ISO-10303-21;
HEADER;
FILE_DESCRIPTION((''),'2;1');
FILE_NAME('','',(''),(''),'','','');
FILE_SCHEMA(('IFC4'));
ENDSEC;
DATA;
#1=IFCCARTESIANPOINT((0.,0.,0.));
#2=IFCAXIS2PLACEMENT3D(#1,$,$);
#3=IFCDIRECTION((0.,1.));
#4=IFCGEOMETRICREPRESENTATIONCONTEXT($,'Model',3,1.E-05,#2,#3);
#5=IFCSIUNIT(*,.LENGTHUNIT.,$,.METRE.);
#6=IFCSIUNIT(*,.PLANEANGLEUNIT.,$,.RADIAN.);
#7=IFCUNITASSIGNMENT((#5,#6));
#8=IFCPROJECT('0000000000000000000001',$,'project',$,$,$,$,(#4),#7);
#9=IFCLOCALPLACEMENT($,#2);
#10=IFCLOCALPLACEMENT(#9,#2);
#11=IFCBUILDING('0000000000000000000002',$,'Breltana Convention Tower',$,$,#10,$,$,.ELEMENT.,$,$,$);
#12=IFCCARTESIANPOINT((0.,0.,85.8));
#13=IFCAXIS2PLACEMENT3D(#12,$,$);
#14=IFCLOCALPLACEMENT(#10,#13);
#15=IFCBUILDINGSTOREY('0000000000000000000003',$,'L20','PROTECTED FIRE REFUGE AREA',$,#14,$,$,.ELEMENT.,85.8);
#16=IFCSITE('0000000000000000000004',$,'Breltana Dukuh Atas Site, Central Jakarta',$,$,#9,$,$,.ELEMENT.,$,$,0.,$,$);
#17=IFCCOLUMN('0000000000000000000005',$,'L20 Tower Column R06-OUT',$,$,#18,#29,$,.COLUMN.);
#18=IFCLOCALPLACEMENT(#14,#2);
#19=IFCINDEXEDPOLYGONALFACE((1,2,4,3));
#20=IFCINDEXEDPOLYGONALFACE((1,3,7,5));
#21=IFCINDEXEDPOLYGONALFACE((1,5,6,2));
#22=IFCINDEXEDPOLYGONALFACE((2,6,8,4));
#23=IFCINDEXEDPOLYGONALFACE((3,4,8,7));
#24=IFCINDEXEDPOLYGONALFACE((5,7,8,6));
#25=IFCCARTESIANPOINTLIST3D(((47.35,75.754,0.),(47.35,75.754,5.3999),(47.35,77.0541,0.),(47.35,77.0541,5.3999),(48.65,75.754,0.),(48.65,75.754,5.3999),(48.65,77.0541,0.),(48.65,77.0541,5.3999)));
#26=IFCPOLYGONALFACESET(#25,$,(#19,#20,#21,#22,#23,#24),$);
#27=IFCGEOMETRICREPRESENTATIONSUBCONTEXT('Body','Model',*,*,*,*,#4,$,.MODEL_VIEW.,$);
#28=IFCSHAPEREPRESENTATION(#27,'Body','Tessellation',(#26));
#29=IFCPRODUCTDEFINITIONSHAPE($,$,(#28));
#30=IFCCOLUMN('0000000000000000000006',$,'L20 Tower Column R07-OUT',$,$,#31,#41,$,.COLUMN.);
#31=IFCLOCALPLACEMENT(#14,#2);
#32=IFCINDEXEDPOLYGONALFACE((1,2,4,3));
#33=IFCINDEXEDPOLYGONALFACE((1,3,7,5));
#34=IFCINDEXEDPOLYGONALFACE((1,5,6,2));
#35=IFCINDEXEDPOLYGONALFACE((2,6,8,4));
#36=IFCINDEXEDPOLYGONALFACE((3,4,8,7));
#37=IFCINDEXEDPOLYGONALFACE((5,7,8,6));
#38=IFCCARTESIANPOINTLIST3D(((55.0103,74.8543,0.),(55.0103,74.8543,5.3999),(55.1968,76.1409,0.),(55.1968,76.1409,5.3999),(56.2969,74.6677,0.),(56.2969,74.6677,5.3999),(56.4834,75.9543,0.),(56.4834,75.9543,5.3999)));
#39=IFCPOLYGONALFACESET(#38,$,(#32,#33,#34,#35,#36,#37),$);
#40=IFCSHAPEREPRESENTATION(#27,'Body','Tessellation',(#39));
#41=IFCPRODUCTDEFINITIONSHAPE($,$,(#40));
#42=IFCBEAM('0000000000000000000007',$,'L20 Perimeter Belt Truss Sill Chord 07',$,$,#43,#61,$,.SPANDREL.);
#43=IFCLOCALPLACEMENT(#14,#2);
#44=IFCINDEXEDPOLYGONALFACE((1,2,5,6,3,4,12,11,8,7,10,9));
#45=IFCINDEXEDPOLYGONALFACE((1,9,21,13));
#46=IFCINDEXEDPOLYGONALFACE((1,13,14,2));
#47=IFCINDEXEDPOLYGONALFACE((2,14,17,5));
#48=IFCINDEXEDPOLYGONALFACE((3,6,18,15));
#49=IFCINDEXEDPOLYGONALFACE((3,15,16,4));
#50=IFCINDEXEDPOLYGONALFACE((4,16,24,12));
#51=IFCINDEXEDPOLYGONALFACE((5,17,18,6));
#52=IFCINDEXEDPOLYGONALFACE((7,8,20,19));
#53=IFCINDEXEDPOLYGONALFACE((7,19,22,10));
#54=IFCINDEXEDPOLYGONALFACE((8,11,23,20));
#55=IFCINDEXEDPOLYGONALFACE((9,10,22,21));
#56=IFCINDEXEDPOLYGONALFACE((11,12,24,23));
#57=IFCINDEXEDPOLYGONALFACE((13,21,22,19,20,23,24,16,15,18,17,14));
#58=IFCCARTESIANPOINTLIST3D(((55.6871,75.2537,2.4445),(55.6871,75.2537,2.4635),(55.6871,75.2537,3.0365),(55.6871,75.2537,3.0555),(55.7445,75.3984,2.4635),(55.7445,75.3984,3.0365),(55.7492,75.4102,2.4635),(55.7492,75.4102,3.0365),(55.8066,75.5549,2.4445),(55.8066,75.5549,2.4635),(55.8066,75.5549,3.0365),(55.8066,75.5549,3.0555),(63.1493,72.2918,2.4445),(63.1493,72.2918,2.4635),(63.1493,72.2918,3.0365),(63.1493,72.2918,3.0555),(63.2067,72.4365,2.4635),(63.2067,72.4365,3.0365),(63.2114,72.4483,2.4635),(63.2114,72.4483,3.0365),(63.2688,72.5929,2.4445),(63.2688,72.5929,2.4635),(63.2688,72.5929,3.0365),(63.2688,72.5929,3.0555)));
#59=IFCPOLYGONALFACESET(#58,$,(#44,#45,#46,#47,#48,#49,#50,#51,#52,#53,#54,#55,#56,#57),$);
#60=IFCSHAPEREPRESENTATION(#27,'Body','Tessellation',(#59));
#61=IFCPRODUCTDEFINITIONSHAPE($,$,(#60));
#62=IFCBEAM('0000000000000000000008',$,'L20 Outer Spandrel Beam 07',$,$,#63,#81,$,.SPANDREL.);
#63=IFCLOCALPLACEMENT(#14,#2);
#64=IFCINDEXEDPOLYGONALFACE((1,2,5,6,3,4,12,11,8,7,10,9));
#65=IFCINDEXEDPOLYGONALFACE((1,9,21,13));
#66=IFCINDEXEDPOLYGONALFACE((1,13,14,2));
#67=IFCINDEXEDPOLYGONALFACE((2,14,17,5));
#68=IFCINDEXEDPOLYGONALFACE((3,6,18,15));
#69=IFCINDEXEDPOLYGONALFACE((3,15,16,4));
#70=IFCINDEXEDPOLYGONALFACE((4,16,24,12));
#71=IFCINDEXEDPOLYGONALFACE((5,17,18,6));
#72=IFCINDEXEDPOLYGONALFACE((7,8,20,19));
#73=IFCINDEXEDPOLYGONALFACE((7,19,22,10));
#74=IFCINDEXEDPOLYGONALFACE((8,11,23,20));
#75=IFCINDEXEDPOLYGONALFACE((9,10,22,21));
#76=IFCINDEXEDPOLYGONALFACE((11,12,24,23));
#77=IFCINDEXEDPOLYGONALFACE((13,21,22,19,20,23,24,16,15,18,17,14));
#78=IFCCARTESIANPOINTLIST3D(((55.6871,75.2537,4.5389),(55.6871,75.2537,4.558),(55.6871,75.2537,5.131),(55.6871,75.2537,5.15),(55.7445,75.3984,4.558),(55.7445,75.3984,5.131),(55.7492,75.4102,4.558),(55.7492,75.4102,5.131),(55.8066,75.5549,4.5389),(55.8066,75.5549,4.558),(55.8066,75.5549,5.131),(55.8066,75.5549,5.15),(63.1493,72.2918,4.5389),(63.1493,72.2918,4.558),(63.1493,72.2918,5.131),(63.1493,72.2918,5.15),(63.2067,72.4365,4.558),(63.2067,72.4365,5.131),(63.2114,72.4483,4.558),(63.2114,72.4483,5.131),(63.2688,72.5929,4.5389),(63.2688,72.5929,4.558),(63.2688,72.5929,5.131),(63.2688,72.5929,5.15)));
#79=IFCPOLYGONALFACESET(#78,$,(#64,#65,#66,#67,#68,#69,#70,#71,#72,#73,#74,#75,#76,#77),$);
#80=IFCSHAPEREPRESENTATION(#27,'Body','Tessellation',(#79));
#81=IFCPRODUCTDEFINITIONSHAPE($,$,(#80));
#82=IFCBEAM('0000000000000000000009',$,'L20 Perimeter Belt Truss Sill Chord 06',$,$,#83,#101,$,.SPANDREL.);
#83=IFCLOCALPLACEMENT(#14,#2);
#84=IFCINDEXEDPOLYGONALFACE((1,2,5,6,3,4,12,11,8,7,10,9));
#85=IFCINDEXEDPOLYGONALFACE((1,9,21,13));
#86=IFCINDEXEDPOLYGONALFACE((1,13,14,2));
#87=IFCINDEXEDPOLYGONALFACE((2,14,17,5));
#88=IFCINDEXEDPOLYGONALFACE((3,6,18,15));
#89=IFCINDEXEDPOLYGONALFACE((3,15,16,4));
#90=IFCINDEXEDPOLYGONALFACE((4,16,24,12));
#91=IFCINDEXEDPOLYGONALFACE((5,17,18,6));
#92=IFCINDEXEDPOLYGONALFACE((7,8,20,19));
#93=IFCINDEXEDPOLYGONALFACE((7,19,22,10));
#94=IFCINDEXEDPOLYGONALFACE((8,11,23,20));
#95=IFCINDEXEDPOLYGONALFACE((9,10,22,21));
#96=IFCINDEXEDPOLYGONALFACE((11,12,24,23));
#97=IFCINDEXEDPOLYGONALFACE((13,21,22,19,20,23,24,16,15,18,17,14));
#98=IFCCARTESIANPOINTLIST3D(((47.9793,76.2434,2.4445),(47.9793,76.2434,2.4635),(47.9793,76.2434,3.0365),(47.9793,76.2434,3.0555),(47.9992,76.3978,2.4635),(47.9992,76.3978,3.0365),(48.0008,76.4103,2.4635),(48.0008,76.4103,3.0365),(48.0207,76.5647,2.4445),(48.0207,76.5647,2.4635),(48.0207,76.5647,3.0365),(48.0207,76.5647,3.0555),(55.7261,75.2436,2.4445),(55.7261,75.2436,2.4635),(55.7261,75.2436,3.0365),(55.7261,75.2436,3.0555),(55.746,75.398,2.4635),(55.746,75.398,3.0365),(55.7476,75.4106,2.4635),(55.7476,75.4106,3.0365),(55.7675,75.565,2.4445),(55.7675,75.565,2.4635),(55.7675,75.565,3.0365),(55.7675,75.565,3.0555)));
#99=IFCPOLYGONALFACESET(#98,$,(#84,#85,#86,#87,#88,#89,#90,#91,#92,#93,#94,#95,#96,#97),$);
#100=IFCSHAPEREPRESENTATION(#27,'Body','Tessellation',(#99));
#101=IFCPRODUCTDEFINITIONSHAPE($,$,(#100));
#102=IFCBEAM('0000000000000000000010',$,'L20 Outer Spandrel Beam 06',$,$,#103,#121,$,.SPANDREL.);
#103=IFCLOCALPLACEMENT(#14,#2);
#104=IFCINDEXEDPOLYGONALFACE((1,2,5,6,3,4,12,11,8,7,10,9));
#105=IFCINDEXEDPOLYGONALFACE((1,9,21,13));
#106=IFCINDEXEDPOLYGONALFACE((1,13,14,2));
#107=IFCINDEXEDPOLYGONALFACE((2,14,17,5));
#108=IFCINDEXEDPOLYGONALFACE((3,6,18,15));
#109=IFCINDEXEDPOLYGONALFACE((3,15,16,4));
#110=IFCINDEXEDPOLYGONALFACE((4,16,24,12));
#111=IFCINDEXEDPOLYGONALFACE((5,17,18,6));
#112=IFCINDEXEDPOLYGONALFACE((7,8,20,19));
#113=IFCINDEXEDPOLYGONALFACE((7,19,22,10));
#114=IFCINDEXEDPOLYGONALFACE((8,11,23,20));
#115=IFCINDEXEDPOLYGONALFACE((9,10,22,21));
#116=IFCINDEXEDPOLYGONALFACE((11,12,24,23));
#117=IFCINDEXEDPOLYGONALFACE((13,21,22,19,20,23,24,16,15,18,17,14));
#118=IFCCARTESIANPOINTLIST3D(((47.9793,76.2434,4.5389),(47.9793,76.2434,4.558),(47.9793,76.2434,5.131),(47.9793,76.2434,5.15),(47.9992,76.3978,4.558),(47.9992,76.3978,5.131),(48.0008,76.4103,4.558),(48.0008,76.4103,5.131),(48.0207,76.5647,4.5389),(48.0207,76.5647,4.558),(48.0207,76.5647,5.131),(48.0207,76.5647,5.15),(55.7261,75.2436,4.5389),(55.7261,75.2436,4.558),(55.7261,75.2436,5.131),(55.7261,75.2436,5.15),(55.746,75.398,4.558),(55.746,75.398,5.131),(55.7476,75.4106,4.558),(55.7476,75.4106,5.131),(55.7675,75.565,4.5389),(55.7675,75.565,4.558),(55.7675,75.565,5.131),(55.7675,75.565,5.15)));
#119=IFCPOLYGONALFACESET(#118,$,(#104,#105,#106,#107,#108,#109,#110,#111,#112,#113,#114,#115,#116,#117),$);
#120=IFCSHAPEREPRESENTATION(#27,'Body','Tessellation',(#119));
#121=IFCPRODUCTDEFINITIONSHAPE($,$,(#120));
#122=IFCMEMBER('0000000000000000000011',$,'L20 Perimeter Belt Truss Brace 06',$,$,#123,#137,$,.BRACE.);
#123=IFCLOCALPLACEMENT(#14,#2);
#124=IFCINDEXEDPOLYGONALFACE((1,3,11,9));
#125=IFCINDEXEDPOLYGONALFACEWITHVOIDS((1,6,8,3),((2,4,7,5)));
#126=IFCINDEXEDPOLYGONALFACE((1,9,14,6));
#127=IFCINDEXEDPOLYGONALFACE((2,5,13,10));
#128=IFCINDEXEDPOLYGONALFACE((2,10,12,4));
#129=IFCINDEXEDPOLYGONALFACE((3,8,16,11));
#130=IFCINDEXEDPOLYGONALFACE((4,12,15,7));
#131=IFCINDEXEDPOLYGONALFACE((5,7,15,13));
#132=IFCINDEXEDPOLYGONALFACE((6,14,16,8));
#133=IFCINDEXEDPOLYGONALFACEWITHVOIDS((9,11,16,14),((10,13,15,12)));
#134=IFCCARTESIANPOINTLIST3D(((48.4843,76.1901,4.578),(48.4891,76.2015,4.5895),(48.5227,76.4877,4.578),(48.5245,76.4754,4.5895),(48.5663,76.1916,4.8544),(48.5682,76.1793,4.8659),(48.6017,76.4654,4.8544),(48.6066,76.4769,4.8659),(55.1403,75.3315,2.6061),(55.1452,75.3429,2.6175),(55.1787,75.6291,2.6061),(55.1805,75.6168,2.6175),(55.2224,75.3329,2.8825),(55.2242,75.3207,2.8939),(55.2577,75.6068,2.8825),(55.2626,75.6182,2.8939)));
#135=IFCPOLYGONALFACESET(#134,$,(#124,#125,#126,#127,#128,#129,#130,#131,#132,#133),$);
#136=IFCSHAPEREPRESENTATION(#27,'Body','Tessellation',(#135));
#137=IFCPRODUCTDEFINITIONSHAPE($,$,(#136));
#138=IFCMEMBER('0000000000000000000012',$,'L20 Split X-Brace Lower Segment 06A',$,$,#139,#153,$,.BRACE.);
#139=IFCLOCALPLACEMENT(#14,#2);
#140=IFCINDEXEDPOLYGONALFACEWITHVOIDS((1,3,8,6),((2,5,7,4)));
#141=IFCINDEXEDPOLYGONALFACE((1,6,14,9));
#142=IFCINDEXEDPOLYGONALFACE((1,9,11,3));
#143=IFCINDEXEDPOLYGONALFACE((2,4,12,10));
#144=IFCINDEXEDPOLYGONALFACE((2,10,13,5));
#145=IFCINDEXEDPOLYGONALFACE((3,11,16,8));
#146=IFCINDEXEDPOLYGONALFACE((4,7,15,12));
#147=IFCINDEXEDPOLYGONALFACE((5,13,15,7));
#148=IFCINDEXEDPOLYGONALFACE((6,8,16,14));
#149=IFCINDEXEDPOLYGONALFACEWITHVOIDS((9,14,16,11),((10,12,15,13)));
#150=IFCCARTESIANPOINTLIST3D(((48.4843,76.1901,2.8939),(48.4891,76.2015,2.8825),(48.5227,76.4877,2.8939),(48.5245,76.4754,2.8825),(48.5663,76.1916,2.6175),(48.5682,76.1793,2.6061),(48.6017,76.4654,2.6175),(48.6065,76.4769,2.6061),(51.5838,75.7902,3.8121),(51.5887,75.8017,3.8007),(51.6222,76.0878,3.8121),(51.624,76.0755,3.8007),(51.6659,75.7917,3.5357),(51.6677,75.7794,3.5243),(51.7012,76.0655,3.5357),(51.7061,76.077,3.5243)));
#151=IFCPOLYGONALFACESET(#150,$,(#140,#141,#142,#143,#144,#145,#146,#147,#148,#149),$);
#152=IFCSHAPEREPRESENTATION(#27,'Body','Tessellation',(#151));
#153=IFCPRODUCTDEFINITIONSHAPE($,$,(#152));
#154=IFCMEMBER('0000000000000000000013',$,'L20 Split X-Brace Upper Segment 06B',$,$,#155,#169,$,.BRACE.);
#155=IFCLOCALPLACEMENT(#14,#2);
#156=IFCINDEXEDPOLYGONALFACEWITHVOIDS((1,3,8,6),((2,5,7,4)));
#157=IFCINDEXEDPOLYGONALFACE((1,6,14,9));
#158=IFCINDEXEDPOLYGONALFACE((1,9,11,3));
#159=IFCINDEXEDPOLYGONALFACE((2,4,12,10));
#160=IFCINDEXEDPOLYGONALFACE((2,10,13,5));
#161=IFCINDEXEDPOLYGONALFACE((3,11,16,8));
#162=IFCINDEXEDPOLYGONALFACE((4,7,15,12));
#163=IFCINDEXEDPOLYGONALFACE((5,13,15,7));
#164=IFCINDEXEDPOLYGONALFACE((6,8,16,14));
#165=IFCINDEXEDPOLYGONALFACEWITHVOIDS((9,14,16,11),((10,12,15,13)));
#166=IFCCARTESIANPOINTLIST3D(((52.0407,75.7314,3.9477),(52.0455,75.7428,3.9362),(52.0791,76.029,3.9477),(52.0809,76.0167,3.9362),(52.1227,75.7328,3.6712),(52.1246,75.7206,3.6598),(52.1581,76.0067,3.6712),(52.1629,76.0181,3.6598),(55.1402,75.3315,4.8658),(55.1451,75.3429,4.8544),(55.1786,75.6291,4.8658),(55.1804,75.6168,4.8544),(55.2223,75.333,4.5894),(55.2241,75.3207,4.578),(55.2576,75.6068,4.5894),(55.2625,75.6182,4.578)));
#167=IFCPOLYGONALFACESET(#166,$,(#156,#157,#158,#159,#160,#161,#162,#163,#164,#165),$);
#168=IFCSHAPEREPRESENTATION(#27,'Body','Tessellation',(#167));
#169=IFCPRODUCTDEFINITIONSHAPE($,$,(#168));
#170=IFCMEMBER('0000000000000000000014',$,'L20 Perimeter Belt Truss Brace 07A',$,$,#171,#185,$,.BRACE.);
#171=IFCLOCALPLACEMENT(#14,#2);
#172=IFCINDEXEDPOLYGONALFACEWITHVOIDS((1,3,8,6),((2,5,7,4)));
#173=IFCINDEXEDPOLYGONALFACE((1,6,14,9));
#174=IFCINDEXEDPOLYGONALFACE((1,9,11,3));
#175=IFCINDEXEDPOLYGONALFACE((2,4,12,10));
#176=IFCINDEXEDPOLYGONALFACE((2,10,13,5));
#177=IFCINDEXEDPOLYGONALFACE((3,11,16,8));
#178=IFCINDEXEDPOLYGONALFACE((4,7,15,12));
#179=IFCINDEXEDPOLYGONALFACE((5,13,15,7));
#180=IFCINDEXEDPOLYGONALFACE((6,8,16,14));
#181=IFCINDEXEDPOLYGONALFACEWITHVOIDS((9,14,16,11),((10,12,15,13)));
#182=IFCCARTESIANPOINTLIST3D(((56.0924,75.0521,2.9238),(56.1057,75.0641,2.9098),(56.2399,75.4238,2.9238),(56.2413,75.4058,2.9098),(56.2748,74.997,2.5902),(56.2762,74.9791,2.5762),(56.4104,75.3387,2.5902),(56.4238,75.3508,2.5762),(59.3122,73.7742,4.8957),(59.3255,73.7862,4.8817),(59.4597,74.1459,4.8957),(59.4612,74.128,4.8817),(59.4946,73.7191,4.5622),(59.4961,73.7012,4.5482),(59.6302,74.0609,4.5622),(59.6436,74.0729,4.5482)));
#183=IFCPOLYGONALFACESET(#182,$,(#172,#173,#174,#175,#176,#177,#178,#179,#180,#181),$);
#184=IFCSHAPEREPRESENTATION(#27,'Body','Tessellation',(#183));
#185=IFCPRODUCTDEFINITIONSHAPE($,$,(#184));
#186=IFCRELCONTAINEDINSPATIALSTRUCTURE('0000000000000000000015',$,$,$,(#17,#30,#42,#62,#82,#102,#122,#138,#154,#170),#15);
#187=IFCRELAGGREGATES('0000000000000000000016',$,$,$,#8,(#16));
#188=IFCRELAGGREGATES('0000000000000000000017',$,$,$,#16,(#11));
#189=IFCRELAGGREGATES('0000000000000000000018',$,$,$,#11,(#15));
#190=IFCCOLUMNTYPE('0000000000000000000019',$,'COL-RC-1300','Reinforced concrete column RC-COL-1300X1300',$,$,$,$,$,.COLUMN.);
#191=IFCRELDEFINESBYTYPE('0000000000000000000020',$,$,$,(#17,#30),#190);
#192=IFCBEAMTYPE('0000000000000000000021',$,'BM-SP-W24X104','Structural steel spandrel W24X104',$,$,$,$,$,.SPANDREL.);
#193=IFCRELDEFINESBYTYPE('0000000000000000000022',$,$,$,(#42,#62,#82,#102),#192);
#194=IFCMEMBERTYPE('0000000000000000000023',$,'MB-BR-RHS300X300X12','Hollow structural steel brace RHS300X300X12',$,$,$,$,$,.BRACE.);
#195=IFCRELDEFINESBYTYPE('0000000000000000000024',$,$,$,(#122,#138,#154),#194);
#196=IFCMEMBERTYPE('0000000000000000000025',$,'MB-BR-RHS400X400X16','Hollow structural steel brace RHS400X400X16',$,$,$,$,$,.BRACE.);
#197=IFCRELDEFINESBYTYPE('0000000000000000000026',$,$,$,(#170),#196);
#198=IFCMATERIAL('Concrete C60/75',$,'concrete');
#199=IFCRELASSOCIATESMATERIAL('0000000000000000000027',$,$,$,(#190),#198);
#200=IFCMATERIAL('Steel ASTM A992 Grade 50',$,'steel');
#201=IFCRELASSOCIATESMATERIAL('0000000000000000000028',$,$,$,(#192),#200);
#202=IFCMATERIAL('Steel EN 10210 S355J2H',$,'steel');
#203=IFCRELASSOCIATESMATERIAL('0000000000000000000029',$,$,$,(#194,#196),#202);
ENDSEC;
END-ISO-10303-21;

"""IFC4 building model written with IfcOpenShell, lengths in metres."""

from ifc_helpers import new_model, si_unit, direction, frame, origin, origin_2d, place, context, subcontext, project, spatial, rectangle, hollow_rectangle, i_section, extrude, source, transform, mapped, material, material_profile, profile_set, type_object, type_shapes, element, save


model = new_model("IFC4")

# Units and contexts
model_context = context("Model", 3, precision=1e-05, world=origin(), true_north=direction((0.0, 1.0)))
body_context = subcontext(model_context, "Body", "Model", "MODEL_VIEW")
ifc_project = project(units=[si_unit("LENGTHUNIT", "METRE"), si_unit("PLANEANGLEUNIT", "RADIAN")], contexts=[model_context])

# Site, building, storey
site_placement = place(None, origin())
site = spatial("IfcSite", under=ifc_project, at=site_placement, Name="Breltana Dukuh Atas Site, Central Jakarta", CompositionType="ELEMENT", RefElevation=0.0)
building_placement = place(site_placement, origin())
building = spatial("IfcBuilding", under=site, at=building_placement, Name="Breltana Convention Tower", CompositionType="ELEMENT")
storey_placement = place(building_placement, frame((0.0, 0.0, 85.8)))
storey = spatial("IfcBuildingStorey", under=building, at=storey_placement, Name="L20", Description="PROTECTED FIRE REFUGE AREA", CompositionType="ELEMENT", Elevation=85.8)

# Columns
ifc_material_1 = material(Name="Concrete C60/75", Category="concrete")
ifc_material_profile_1 = material_profile(ifc_material_1, rectangle(XDim=1.3, YDim=1.3, at=origin_2d()), Name="RC-COL-1300X1300")
ifc_profile_set_1 = profile_set([ifc_material_profile_1], Name="Concrete C60/75")
column_type = type_object("IfcColumnType", Name="COL-RC-1300", Description="Reinforced concrete column RC-COL-1300X1300", PredefinedType="COLUMN", material=ifc_profile_set_1)
shared_shape_1 = source(origin(), body_context, "Body", "SweptSolid", [
    extrude(rectangle(XDim=1.3, YDim=1.3, at=origin_2d()), origin(), (0.0, 0.0, 1.0), 5.3999),
])
type_shapes(column_type, [shared_shape_1])
for number, where, z_axis, x_axis, name in (
    (1, (48.0, 76.4041, 0.0), (0.0, 0.0, 1.0), (0.0, 1.0, 0.0), "L20 Tower Column R06-OUT"),
    (2, (55.7468, 75.4043, 0.0), (0.0, 0.0, 1.0), (0.143493, 0.989651, 0.0), "L20 Tower Column R07-OUT"),
):
    element("IfcColumn", number, at=place(storey_placement, frame(where, z_axis=z_axis, x_axis=x_axis)), inside=storey, type_object=column_type, Name=name, PredefinedType="COLUMN", context=body_context, shape_type="MappedRepresentation", body=[
        mapped(shared_shape_1, transform((0.0, 0.0, 0.0), scale=1.0)),
    ])

# Beams
ifc_material_2 = material(Name="Steel ASTM A992 Grade 50", Category="steel")
ifc_material_profile_2 = material_profile(ifc_material_2, i_section(OverallWidth=0.324, OverallDepth=0.6111, WebThickness=0.0127, FlangeThickness=0.019, at=origin_2d()), Name="W24X104")
ifc_profile_set_2 = profile_set([ifc_material_profile_2], Name="Steel ASTM A992 Grade 50")
beam_type = type_object("IfcBeamType", Name="BM-SP-W24X104", Description="Structural steel spandrel W24X104", PredefinedType="SPANDREL", material=ifc_profile_set_2)
shared_shape_2 = source(origin(), body_context, "Body", "SweptSolid", [
    extrude(i_section(OverallWidth=0.324, OverallDepth=0.6111, WebThickness=0.0127, FlangeThickness=0.019, at=origin_2d()), origin(), (0.0, 0.0, 1.0), 8.0286),
])
for number, where, z_axis, x_axis, name in (
    (3, (55.7468, 75.4043, 2.75), (0.929459, -0.368925, 0.0), (0.368925, 0.929459, 0.0), "L20 Perimeter Belt Truss Sill Chord 07"),
    (4, (55.7468, 75.4043, 4.8445), (0.929459, -0.368925, 0.0), (0.368925, 0.929459, 0.0), "L20 Outer Spandrel Beam 07"),
):
    element("IfcBeam", number, at=place(storey_placement, frame(where, z_axis=z_axis, x_axis=x_axis)), inside=storey, type_object=beam_type, Name=name, PredefinedType="SPANDREL", context=body_context, shape_type="MappedRepresentation", body=[
        mapped(shared_shape_2, transform((0.0, 0.0, 0.0), scale=1.0)),
    ])
shared_shape_3 = source(origin(), body_context, "Body", "SweptSolid", [
    extrude(i_section(OverallWidth=0.324, OverallDepth=0.6111, WebThickness=0.0127, FlangeThickness=0.019, at=origin_2d()), origin(), (0.0, 0.0, 1.0), 7.811),
])
for number, where, z_axis, x_axis, name in (
    (5, (48.0, 76.4041, 2.75), (0.991775, -0.127992, 0.0), (0.127992, 0.991775, 0.0), "L20 Perimeter Belt Truss Sill Chord 06"),
    (6, (48.0, 76.4041, 4.8445), (0.991775, -0.127992, 0.0), (0.127992, 0.991775, 0.0), "L20 Outer Spandrel Beam 06"),
):
    element("IfcBeam", number, at=place(storey_placement, frame(where, z_axis=z_axis, x_axis=x_axis)), inside=storey, type_object=beam_type, Name=name, PredefinedType="SPANDREL", context=body_context, shape_type="MappedRepresentation", body=[
        mapped(shared_shape_3, transform((0.0, 0.0, 0.0), scale=1.0)),
    ])

# Members
ifc_material_3 = material(Name="Steel EN 10210 S355J2H", Category="steel")
ifc_material_profile_3 = material_profile(ifc_material_3, hollow_rectangle(XDim=0.3, YDim=0.3, WallThickness=0.012, at=origin_2d()), Name="RHS300X300X12")
ifc_profile_set_3 = profile_set([ifc_material_profile_3], Name="Steel EN 10210 S355J2H")
member_type_1 = type_object("IfcMemberType", Name="MB-BR-RHS300X300X12", Description="Hollow structural steel brace RHS300X300X12", PredefinedType="BRACE", material=ifc_profile_set_3)
shared_shape_4 = source(origin(), body_context, "Body", "SweptSolid", [
    extrude(hollow_rectangle(XDim=0.3, YDim=0.3, WallThickness=0.012, at=origin_2d()), origin(), (0.0, 0.0, 1.0), 6.9949),
])
member_1_placement = place(storey_placement, frame((48.5454, 76.3335, 4.7219), z_axis=(0.951556, -0.122753, -0.28191), x_axis=(0.127942, 0.991782, 0.0)))
element("IfcMember", 7, at=member_1_placement, inside=storey, type_object=member_type_1, Name="L20 Perimeter Belt Truss Brace 06", PredefinedType="BRACE", context=body_context, shape_type="MappedRepresentation", body=[
    mapped(shared_shape_4, transform((0.0, 0.0, 0.0), scale=1.0)),
])
shared_shape_5 = source(origin(), body_context, "Body", "SweptSolid", [
    extrude(hollow_rectangle(XDim=0.3, YDim=0.3, WallThickness=0.012, at=origin_2d()), origin(), (0.0, 0.0, 1.0), 3.2573),
])
for number, where, z_axis, x_axis, name in (
    (8, (48.5454, 76.3335, 2.75), (0.951561, -0.122768, 0.281886), (0.127956, 0.99178, 0.0), "L20 Split X-Brace Lower Segment 06A"),
    (9, (52.1018, 75.8748, 3.8037), (0.951561, -0.122768, 0.281886), (0.127956, 0.99178, 0.0), "L20 Split X-Brace Upper Segment 06B"),
):
    element("IfcMember", number, at=place(storey_placement, frame(where, z_axis=z_axis, x_axis=x_axis)), inside=storey, type_object=member_type_1, Name=name, PredefinedType="BRACE", context=body_context, shape_type="MappedRepresentation", body=[
        mapped(shared_shape_5, transform((0.0, 0.0, 0.0), scale=1.0)),
    ])
ifc_material_profile_4 = material_profile(ifc_material_3, hollow_rectangle(XDim=0.3999, YDim=0.3999, WallThickness=0.0161, at=origin_2d()), Name="RHS400X400X16")
ifc_profile_set_4 = profile_set([ifc_material_profile_4], Name="Steel EN 10210 S355J2H")
member_type_2 = type_object("IfcMemberType", Name="MB-BR-RHS400X400X16", Description="Hollow structural steel brace RHS400X400X16", PredefinedType="BRACE", material=ifc_profile_set_4)
shared_shape_6 = source(origin(), body_context, "Body", "SweptSolid", [
    extrude(hollow_rectangle(XDim=0.3999, YDim=0.3999, WallThickness=0.0161, at=origin_2d()), origin(), (0.0, 0.0, 1.0), 3.9861),
])
member_2_placement = place(storey_placement, frame((56.2581, 75.2014, 2.75), z_axis=(0.807764, -0.320582, 0.494716), x_axis=(0.368886, 0.929475, 0.0)))
element("IfcMember", 10, at=member_2_placement, inside=storey, type_object=member_type_2, Name="L20 Perimeter Belt Truss Brace 07A", PredefinedType="BRACE", context=body_context, shape_type="MappedRepresentation", body=[
    mapped(shared_shape_6, transform((0.0, 0.0, 0.0), scale=1.0)),
])

save(model, "model.ifc")
